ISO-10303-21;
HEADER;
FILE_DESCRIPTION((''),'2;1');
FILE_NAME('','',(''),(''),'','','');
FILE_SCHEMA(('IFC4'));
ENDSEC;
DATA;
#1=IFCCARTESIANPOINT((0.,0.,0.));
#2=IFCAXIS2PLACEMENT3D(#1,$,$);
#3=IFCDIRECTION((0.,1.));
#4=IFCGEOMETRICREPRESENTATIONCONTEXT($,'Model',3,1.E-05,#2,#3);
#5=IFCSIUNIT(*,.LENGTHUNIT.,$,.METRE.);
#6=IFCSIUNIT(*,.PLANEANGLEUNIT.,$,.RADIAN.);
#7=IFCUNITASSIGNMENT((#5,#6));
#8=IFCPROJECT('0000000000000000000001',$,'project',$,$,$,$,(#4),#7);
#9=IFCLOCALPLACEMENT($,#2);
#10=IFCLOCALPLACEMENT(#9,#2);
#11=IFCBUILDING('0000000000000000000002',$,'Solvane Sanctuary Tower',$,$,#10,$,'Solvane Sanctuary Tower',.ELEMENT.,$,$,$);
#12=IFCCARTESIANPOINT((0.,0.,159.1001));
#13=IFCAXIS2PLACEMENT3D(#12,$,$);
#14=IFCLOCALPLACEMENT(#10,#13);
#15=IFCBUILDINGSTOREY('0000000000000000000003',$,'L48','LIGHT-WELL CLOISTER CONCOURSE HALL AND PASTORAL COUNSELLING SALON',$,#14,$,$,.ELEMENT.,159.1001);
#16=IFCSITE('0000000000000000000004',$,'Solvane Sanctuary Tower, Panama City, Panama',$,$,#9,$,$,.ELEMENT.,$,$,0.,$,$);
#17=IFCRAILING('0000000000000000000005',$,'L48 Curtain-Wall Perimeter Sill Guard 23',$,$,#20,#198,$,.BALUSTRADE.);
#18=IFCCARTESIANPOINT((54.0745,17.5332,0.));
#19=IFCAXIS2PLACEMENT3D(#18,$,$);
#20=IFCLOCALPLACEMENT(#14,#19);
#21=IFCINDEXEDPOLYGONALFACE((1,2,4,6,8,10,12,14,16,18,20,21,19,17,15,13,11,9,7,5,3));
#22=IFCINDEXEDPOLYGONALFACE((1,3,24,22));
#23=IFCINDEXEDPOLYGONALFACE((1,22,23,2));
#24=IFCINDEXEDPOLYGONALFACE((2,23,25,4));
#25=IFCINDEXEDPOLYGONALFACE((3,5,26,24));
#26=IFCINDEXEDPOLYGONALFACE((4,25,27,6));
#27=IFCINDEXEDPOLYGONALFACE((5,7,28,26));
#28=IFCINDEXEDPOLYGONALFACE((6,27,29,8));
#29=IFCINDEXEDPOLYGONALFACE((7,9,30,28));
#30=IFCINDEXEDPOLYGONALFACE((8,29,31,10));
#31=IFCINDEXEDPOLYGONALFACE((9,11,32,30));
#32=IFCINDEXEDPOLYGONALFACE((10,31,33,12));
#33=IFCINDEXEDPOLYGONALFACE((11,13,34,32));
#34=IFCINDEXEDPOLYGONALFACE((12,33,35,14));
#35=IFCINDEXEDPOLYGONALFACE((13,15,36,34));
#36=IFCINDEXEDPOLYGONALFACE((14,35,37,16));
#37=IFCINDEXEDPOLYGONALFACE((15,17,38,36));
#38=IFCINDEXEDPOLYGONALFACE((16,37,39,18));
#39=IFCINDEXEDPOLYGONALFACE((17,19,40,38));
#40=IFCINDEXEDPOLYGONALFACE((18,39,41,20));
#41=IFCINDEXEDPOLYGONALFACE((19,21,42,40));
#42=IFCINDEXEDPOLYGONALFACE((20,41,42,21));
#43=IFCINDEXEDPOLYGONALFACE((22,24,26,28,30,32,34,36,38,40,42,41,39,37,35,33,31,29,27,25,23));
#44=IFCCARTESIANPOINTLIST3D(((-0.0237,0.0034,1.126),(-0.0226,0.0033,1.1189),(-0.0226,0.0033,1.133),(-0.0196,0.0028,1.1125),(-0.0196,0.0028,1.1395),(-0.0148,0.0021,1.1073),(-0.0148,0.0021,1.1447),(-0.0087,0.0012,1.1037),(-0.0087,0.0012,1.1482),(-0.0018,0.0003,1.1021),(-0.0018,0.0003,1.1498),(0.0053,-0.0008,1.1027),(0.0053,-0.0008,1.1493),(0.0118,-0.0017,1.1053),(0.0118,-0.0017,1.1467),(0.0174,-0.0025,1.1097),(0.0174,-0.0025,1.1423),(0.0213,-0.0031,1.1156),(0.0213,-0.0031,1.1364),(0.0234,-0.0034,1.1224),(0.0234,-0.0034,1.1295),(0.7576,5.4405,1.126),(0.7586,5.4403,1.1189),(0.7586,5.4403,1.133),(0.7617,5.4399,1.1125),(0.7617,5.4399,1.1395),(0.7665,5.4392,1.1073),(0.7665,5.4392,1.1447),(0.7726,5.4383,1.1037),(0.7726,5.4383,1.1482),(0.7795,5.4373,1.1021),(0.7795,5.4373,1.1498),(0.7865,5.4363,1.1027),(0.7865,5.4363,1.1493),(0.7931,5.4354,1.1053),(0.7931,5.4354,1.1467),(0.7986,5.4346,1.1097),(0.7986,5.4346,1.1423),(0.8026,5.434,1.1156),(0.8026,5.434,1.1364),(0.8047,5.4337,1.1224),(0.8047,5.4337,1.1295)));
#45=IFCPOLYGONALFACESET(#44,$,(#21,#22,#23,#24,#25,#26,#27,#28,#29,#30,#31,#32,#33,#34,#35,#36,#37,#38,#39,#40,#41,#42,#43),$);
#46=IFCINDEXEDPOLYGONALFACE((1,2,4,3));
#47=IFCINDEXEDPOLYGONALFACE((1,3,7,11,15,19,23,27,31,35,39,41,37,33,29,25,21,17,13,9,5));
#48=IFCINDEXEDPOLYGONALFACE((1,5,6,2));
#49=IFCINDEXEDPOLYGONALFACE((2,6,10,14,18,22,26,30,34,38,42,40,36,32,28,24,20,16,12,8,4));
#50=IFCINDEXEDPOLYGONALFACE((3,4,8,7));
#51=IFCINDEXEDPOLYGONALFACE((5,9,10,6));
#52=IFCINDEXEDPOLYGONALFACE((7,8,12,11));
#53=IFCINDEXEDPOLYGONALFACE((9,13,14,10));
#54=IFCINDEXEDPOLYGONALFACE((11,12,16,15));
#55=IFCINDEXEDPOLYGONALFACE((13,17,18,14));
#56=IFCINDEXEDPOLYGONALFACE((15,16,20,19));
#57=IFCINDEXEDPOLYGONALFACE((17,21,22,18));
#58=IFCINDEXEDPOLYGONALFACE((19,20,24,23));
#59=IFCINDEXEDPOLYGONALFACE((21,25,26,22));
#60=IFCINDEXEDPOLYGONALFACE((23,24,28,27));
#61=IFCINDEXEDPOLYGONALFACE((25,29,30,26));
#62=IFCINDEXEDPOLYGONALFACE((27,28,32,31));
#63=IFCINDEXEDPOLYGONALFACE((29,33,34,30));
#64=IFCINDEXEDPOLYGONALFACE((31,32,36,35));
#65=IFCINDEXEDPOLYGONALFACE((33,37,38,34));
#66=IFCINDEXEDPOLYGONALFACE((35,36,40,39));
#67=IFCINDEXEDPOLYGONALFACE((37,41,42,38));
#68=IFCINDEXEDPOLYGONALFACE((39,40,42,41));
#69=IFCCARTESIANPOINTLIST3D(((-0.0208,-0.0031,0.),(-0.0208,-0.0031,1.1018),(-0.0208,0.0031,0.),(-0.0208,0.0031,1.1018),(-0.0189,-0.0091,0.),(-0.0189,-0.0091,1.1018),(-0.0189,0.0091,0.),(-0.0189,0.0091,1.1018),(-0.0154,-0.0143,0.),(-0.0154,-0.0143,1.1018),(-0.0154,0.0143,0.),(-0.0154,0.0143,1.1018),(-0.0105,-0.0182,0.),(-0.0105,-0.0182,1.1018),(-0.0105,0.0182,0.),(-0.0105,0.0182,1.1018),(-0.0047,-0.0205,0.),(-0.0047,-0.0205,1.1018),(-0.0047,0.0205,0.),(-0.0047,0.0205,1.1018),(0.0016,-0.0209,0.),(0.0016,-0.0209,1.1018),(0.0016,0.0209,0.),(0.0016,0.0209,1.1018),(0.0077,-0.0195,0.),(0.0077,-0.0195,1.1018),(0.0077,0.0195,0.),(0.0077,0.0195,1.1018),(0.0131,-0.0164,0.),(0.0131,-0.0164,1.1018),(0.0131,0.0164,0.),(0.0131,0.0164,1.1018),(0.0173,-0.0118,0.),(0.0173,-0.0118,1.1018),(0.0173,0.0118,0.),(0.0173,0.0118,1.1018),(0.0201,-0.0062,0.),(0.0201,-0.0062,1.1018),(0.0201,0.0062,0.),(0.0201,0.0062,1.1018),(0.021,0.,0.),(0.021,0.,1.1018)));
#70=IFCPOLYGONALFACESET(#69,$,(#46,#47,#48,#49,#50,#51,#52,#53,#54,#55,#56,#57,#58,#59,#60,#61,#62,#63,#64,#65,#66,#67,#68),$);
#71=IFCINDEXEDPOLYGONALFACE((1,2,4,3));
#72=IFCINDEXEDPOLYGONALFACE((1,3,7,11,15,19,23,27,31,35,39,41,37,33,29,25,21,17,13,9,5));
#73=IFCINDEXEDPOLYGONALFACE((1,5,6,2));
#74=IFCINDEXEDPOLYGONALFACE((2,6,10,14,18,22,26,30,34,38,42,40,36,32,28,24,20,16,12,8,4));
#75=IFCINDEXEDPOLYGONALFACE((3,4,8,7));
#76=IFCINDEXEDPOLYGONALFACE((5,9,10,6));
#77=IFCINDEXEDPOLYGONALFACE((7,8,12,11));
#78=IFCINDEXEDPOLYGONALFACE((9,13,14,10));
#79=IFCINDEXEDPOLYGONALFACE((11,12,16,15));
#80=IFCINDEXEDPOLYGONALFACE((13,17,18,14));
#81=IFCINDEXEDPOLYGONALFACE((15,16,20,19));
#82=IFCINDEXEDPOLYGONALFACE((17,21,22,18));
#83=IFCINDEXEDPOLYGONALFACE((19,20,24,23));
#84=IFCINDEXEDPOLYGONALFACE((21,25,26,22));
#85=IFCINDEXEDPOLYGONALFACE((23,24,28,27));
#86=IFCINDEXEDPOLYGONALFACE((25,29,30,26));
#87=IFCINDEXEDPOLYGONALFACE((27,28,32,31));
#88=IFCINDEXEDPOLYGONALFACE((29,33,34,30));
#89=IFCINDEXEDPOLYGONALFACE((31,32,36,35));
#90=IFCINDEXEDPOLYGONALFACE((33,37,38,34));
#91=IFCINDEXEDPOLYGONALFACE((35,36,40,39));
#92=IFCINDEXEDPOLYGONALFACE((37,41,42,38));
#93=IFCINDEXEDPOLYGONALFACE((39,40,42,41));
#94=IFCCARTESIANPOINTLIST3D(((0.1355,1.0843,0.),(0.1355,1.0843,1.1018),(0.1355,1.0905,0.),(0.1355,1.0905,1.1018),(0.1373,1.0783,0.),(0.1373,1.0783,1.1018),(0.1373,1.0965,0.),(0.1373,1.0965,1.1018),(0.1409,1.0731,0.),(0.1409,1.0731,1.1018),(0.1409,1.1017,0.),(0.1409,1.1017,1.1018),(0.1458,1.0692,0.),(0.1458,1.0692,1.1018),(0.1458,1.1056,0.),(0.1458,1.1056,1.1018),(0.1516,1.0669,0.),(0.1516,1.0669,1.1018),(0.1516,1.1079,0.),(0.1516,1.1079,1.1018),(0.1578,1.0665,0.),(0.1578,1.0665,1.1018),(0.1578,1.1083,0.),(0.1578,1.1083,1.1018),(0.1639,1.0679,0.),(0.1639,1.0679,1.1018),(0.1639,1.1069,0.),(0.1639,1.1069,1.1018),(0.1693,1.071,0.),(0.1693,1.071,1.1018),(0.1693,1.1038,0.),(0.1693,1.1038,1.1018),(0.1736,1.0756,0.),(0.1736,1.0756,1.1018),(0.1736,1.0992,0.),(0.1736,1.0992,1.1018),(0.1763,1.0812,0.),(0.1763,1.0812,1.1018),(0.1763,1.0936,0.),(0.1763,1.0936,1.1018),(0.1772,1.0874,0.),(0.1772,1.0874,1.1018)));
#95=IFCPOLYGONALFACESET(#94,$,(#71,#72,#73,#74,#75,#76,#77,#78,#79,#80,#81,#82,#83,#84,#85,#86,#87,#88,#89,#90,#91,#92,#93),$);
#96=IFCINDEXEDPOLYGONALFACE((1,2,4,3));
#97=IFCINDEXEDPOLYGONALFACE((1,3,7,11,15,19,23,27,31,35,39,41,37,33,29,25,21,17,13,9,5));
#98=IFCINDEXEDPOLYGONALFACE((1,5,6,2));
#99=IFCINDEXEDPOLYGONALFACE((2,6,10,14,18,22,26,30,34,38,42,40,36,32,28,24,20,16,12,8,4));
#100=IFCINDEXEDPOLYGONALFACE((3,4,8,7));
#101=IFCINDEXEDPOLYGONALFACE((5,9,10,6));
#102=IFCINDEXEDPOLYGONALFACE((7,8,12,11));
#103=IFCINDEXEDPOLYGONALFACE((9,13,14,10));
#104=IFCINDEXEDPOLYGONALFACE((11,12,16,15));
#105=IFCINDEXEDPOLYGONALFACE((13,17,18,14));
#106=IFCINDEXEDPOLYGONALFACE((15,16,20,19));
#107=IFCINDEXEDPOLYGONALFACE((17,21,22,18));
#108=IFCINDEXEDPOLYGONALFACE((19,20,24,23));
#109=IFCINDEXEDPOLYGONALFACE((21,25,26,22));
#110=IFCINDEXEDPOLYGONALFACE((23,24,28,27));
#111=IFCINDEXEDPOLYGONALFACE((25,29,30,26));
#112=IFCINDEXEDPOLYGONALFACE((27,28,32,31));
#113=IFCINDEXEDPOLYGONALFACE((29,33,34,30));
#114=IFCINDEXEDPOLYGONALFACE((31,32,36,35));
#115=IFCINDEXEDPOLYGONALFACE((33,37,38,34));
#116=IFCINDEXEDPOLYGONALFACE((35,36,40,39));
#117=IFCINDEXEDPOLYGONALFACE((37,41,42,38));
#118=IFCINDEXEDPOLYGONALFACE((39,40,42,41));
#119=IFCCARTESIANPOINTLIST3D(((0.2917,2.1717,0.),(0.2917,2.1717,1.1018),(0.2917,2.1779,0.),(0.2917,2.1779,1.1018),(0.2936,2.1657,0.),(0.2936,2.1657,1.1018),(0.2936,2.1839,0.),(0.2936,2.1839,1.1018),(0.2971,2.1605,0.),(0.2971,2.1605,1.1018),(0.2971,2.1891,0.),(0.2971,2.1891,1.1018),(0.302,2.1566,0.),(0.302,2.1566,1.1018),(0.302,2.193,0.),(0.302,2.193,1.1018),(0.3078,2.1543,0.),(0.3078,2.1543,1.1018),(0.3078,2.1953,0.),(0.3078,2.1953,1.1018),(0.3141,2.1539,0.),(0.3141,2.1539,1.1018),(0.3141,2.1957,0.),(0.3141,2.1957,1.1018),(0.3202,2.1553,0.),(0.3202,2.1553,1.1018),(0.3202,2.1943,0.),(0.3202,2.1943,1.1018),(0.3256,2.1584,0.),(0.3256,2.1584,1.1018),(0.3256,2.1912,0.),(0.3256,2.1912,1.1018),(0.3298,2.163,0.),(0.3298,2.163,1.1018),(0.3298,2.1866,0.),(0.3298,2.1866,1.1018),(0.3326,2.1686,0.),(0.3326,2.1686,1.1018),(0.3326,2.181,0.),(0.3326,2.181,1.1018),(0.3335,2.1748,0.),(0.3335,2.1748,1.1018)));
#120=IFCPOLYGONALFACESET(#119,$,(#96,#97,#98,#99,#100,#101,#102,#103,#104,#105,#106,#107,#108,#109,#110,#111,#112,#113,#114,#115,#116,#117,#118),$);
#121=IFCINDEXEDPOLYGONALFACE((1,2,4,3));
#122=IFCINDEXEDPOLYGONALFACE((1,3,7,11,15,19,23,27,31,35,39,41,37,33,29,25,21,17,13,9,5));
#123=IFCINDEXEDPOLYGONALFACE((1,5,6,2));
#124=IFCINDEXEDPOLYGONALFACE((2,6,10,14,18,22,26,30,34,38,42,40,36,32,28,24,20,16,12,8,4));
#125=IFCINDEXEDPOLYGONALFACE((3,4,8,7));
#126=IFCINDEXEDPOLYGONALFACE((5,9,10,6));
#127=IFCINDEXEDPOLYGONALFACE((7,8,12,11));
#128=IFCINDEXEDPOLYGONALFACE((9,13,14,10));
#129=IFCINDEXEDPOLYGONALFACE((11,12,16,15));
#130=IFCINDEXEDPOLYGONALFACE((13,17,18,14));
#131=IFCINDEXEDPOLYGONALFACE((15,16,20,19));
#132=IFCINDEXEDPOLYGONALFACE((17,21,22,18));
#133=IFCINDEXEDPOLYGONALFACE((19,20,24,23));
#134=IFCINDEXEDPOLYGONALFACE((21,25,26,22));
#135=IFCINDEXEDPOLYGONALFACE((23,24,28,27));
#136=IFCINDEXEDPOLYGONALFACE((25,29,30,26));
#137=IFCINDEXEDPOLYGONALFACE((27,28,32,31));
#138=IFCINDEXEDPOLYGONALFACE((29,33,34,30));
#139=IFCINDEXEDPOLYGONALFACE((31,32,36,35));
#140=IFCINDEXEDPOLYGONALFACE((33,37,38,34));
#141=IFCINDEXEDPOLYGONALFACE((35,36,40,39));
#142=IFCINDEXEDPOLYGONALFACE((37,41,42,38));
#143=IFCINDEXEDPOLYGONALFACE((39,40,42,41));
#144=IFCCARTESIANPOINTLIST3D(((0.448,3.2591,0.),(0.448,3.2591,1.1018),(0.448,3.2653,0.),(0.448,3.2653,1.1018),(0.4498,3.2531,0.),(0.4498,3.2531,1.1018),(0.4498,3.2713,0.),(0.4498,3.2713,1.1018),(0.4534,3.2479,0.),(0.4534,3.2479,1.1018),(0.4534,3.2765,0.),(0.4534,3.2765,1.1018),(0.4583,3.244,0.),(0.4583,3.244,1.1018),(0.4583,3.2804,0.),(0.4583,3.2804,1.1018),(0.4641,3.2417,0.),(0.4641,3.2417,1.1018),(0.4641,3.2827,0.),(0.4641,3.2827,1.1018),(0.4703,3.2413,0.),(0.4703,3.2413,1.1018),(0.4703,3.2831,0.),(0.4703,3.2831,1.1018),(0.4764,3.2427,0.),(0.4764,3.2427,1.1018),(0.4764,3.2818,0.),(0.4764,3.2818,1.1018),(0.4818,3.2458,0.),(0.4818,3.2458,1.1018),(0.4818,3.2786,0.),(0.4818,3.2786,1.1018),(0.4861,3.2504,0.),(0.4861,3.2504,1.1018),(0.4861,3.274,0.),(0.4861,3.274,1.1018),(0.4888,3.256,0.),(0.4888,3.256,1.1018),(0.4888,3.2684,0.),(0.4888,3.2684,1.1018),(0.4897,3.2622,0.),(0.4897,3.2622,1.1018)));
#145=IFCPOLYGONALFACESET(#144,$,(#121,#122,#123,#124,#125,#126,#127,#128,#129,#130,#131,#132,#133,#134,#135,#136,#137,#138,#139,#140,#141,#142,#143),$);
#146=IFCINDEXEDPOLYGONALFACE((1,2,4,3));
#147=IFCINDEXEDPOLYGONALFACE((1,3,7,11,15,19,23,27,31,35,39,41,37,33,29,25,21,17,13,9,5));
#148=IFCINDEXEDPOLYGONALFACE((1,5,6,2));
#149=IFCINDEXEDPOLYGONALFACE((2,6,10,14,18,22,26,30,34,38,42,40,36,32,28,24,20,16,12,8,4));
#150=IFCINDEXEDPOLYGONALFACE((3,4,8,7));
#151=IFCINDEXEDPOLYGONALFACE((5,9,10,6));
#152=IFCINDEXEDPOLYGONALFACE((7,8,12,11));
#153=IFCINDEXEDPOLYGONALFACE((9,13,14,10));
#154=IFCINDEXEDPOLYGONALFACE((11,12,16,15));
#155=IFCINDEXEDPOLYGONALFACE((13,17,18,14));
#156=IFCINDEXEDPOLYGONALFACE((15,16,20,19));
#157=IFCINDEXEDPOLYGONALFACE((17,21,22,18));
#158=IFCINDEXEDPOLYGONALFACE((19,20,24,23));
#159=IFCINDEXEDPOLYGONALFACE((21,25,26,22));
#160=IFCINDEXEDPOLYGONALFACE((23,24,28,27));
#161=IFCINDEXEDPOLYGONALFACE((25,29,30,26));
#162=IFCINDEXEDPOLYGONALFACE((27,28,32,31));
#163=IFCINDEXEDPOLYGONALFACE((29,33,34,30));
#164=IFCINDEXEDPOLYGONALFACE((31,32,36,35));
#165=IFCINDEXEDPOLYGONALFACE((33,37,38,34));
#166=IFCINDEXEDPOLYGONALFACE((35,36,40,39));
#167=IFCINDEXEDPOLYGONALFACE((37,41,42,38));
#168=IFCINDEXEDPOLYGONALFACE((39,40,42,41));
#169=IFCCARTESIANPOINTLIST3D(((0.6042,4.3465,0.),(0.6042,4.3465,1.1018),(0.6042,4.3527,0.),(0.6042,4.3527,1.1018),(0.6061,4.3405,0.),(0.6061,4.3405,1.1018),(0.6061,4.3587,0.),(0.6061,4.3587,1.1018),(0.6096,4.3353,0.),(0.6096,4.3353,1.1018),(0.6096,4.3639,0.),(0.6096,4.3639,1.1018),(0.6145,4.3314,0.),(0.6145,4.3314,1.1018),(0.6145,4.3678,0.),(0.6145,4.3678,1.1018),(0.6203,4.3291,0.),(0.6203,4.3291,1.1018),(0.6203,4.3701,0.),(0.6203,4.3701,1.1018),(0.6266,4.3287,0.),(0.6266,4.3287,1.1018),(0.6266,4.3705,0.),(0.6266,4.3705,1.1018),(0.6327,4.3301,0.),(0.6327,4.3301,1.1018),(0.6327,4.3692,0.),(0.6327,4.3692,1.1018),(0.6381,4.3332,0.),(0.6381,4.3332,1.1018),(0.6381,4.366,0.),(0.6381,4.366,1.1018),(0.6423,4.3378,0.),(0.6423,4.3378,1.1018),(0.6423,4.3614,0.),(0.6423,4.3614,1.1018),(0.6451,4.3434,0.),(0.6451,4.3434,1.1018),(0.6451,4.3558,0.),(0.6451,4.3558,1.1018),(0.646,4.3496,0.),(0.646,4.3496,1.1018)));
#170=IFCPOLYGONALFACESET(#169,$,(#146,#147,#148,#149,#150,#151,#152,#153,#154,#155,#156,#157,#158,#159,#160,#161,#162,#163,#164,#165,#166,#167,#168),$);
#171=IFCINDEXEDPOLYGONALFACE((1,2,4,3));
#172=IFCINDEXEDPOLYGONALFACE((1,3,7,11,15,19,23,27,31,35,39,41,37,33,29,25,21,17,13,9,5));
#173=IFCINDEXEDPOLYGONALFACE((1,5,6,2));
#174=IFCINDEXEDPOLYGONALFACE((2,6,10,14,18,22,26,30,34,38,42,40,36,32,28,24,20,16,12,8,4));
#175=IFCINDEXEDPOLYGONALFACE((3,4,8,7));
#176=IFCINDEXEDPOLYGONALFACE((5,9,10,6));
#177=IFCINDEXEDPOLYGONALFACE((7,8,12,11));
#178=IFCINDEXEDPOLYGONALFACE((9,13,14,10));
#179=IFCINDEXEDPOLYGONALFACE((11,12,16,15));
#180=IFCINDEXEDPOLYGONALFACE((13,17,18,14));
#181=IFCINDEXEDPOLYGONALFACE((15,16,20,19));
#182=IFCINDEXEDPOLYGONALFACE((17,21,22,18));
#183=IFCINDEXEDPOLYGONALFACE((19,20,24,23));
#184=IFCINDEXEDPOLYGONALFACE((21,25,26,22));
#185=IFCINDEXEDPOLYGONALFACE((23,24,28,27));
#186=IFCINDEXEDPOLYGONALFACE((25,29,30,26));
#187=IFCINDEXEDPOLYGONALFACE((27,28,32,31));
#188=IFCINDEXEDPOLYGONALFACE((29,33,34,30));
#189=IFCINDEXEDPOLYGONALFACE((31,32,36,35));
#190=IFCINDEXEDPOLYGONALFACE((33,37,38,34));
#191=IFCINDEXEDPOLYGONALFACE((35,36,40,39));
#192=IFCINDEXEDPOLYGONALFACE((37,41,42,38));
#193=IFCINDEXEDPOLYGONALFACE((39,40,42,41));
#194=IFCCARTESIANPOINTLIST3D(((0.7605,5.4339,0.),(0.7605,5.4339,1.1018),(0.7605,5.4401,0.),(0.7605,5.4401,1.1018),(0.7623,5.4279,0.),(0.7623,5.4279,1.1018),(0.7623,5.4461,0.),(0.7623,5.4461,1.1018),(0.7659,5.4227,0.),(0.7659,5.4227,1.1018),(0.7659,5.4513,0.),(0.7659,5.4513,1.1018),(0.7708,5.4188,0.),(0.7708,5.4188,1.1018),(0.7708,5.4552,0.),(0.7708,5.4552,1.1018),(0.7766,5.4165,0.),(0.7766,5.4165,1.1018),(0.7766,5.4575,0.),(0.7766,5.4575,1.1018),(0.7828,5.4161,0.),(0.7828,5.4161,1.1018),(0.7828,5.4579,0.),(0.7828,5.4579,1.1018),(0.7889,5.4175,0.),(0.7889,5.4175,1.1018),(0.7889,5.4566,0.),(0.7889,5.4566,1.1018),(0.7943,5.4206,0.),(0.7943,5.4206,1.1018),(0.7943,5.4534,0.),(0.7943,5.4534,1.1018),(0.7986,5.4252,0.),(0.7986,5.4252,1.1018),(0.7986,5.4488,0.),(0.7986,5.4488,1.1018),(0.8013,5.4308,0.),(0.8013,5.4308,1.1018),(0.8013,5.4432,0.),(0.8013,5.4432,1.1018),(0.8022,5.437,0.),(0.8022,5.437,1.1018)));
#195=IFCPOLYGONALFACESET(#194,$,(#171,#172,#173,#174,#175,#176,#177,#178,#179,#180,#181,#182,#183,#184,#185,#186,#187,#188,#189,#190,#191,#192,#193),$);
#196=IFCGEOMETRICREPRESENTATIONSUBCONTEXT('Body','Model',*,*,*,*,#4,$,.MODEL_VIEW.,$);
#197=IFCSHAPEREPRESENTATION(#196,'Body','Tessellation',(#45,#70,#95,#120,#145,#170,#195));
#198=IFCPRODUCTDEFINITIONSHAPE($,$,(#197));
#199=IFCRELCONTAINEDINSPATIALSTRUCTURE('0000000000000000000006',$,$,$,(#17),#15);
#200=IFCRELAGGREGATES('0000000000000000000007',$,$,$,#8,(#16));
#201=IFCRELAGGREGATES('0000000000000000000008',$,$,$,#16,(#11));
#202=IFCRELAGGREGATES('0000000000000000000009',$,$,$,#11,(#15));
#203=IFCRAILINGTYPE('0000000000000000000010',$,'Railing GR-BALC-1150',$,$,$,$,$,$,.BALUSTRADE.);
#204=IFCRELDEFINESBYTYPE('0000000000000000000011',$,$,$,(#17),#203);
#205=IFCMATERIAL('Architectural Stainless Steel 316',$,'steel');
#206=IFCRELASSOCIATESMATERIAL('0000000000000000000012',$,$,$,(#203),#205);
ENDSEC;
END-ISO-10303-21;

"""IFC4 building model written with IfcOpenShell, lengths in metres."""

from ifc_helpers import new_model, si_unit, direction, frame, origin, origin_2d, place, context, subcontext, project, spatial, circle, extrude, material, type_object, element, save


model = new_model("IFC4")

# Units and contexts
model_context = context("Model", 3, precision=1e-05, world=origin(), true_north=direction((0.0, 1.0)))
body_context = subcontext(model_context, "Body", "Model", "MODEL_VIEW")
ifc_project = project(units=[si_unit("LENGTHUNIT", "METRE"), si_unit("PLANEANGLEUNIT", "RADIAN")], contexts=[model_context])

# Site, building, storey
site_placement = place(None, origin())
site = spatial("IfcSite", under=ifc_project, at=site_placement, Name="Solvane Sanctuary Tower, Panama City, Panama", CompositionType="ELEMENT", RefElevation=0.0)
building_placement = place(site_placement, origin())
building = spatial("IfcBuilding", under=site, at=building_placement, Name="Solvane Sanctuary Tower", LongName="Solvane Sanctuary Tower", CompositionType="ELEMENT")
storey_placement = place(building_placement, frame((0.0, 0.0, 159.1001)))
storey = spatial("IfcBuildingStorey", under=building, at=storey_placement, Name="L48", Description="LIGHT-WELL CLOISTER CONCOURSE HALL AND PASTORAL COUNSELLING SALON", CompositionType="ELEMENT", Elevation=159.1001)

# Railing
ifc_material_1 = material(Name="Architectural Stainless Steel 316", Category="steel")
railing_type_1 = type_object("IfcRailingType", Name="Railing GR-BALC-1150", PredefinedType="BALUSTRADE", material=ifc_material_1)
railing_1_placement = place(storey_placement, frame((54.0745, 17.5332, 0.0)))
element("IfcRailing", 1, at=railing_1_placement, inside=storey, type_object=railing_type_1, Name="L48 Curtain-Wall Perimeter Sill Guard 23", PredefinedType="BALUSTRADE", context=body_context, shape_type="SweptSolid", body=[
    extrude(circle(Radius=0.0239, at=origin_2d()), frame((0.0, 0.0, 1.126), z_axis=(0.14223, 0.989834, 0.0), x_axis=(-0.989834, 0.14223, 0.0)), (0.0, 0.0, 1.0), 5.4929),
    extrude(circle(Radius=0.021, at=origin_2d()), origin(), (0.0, 0.0, 1.0), 1.1018),
    extrude(circle(Radius=0.021, at=origin_2d()), frame((0.1562, 1.0874, 0.0)), (0.0, 0.0, 1.0), 1.1018),
    extrude(circle(Radius=0.021, at=origin_2d()), frame((0.3125, 2.1748, 0.0)), (0.0, 0.0, 1.0), 1.1018),
    extrude(circle(Radius=0.021, at=origin_2d()), frame((0.4688, 3.2622, 0.0)), (0.0, 0.0, 1.0), 1.1018),
    extrude(circle(Radius=0.021, at=origin_2d()), frame((0.625, 4.3496, 0.0)), (0.0, 0.0, 1.0), 1.1018),
    extrude(circle(Radius=0.021, at=origin_2d()), frame((0.7812, 5.437, 0.0)), (0.0, 0.0, 1.0), 1.1018),
])

save(model, "model.ifc")
